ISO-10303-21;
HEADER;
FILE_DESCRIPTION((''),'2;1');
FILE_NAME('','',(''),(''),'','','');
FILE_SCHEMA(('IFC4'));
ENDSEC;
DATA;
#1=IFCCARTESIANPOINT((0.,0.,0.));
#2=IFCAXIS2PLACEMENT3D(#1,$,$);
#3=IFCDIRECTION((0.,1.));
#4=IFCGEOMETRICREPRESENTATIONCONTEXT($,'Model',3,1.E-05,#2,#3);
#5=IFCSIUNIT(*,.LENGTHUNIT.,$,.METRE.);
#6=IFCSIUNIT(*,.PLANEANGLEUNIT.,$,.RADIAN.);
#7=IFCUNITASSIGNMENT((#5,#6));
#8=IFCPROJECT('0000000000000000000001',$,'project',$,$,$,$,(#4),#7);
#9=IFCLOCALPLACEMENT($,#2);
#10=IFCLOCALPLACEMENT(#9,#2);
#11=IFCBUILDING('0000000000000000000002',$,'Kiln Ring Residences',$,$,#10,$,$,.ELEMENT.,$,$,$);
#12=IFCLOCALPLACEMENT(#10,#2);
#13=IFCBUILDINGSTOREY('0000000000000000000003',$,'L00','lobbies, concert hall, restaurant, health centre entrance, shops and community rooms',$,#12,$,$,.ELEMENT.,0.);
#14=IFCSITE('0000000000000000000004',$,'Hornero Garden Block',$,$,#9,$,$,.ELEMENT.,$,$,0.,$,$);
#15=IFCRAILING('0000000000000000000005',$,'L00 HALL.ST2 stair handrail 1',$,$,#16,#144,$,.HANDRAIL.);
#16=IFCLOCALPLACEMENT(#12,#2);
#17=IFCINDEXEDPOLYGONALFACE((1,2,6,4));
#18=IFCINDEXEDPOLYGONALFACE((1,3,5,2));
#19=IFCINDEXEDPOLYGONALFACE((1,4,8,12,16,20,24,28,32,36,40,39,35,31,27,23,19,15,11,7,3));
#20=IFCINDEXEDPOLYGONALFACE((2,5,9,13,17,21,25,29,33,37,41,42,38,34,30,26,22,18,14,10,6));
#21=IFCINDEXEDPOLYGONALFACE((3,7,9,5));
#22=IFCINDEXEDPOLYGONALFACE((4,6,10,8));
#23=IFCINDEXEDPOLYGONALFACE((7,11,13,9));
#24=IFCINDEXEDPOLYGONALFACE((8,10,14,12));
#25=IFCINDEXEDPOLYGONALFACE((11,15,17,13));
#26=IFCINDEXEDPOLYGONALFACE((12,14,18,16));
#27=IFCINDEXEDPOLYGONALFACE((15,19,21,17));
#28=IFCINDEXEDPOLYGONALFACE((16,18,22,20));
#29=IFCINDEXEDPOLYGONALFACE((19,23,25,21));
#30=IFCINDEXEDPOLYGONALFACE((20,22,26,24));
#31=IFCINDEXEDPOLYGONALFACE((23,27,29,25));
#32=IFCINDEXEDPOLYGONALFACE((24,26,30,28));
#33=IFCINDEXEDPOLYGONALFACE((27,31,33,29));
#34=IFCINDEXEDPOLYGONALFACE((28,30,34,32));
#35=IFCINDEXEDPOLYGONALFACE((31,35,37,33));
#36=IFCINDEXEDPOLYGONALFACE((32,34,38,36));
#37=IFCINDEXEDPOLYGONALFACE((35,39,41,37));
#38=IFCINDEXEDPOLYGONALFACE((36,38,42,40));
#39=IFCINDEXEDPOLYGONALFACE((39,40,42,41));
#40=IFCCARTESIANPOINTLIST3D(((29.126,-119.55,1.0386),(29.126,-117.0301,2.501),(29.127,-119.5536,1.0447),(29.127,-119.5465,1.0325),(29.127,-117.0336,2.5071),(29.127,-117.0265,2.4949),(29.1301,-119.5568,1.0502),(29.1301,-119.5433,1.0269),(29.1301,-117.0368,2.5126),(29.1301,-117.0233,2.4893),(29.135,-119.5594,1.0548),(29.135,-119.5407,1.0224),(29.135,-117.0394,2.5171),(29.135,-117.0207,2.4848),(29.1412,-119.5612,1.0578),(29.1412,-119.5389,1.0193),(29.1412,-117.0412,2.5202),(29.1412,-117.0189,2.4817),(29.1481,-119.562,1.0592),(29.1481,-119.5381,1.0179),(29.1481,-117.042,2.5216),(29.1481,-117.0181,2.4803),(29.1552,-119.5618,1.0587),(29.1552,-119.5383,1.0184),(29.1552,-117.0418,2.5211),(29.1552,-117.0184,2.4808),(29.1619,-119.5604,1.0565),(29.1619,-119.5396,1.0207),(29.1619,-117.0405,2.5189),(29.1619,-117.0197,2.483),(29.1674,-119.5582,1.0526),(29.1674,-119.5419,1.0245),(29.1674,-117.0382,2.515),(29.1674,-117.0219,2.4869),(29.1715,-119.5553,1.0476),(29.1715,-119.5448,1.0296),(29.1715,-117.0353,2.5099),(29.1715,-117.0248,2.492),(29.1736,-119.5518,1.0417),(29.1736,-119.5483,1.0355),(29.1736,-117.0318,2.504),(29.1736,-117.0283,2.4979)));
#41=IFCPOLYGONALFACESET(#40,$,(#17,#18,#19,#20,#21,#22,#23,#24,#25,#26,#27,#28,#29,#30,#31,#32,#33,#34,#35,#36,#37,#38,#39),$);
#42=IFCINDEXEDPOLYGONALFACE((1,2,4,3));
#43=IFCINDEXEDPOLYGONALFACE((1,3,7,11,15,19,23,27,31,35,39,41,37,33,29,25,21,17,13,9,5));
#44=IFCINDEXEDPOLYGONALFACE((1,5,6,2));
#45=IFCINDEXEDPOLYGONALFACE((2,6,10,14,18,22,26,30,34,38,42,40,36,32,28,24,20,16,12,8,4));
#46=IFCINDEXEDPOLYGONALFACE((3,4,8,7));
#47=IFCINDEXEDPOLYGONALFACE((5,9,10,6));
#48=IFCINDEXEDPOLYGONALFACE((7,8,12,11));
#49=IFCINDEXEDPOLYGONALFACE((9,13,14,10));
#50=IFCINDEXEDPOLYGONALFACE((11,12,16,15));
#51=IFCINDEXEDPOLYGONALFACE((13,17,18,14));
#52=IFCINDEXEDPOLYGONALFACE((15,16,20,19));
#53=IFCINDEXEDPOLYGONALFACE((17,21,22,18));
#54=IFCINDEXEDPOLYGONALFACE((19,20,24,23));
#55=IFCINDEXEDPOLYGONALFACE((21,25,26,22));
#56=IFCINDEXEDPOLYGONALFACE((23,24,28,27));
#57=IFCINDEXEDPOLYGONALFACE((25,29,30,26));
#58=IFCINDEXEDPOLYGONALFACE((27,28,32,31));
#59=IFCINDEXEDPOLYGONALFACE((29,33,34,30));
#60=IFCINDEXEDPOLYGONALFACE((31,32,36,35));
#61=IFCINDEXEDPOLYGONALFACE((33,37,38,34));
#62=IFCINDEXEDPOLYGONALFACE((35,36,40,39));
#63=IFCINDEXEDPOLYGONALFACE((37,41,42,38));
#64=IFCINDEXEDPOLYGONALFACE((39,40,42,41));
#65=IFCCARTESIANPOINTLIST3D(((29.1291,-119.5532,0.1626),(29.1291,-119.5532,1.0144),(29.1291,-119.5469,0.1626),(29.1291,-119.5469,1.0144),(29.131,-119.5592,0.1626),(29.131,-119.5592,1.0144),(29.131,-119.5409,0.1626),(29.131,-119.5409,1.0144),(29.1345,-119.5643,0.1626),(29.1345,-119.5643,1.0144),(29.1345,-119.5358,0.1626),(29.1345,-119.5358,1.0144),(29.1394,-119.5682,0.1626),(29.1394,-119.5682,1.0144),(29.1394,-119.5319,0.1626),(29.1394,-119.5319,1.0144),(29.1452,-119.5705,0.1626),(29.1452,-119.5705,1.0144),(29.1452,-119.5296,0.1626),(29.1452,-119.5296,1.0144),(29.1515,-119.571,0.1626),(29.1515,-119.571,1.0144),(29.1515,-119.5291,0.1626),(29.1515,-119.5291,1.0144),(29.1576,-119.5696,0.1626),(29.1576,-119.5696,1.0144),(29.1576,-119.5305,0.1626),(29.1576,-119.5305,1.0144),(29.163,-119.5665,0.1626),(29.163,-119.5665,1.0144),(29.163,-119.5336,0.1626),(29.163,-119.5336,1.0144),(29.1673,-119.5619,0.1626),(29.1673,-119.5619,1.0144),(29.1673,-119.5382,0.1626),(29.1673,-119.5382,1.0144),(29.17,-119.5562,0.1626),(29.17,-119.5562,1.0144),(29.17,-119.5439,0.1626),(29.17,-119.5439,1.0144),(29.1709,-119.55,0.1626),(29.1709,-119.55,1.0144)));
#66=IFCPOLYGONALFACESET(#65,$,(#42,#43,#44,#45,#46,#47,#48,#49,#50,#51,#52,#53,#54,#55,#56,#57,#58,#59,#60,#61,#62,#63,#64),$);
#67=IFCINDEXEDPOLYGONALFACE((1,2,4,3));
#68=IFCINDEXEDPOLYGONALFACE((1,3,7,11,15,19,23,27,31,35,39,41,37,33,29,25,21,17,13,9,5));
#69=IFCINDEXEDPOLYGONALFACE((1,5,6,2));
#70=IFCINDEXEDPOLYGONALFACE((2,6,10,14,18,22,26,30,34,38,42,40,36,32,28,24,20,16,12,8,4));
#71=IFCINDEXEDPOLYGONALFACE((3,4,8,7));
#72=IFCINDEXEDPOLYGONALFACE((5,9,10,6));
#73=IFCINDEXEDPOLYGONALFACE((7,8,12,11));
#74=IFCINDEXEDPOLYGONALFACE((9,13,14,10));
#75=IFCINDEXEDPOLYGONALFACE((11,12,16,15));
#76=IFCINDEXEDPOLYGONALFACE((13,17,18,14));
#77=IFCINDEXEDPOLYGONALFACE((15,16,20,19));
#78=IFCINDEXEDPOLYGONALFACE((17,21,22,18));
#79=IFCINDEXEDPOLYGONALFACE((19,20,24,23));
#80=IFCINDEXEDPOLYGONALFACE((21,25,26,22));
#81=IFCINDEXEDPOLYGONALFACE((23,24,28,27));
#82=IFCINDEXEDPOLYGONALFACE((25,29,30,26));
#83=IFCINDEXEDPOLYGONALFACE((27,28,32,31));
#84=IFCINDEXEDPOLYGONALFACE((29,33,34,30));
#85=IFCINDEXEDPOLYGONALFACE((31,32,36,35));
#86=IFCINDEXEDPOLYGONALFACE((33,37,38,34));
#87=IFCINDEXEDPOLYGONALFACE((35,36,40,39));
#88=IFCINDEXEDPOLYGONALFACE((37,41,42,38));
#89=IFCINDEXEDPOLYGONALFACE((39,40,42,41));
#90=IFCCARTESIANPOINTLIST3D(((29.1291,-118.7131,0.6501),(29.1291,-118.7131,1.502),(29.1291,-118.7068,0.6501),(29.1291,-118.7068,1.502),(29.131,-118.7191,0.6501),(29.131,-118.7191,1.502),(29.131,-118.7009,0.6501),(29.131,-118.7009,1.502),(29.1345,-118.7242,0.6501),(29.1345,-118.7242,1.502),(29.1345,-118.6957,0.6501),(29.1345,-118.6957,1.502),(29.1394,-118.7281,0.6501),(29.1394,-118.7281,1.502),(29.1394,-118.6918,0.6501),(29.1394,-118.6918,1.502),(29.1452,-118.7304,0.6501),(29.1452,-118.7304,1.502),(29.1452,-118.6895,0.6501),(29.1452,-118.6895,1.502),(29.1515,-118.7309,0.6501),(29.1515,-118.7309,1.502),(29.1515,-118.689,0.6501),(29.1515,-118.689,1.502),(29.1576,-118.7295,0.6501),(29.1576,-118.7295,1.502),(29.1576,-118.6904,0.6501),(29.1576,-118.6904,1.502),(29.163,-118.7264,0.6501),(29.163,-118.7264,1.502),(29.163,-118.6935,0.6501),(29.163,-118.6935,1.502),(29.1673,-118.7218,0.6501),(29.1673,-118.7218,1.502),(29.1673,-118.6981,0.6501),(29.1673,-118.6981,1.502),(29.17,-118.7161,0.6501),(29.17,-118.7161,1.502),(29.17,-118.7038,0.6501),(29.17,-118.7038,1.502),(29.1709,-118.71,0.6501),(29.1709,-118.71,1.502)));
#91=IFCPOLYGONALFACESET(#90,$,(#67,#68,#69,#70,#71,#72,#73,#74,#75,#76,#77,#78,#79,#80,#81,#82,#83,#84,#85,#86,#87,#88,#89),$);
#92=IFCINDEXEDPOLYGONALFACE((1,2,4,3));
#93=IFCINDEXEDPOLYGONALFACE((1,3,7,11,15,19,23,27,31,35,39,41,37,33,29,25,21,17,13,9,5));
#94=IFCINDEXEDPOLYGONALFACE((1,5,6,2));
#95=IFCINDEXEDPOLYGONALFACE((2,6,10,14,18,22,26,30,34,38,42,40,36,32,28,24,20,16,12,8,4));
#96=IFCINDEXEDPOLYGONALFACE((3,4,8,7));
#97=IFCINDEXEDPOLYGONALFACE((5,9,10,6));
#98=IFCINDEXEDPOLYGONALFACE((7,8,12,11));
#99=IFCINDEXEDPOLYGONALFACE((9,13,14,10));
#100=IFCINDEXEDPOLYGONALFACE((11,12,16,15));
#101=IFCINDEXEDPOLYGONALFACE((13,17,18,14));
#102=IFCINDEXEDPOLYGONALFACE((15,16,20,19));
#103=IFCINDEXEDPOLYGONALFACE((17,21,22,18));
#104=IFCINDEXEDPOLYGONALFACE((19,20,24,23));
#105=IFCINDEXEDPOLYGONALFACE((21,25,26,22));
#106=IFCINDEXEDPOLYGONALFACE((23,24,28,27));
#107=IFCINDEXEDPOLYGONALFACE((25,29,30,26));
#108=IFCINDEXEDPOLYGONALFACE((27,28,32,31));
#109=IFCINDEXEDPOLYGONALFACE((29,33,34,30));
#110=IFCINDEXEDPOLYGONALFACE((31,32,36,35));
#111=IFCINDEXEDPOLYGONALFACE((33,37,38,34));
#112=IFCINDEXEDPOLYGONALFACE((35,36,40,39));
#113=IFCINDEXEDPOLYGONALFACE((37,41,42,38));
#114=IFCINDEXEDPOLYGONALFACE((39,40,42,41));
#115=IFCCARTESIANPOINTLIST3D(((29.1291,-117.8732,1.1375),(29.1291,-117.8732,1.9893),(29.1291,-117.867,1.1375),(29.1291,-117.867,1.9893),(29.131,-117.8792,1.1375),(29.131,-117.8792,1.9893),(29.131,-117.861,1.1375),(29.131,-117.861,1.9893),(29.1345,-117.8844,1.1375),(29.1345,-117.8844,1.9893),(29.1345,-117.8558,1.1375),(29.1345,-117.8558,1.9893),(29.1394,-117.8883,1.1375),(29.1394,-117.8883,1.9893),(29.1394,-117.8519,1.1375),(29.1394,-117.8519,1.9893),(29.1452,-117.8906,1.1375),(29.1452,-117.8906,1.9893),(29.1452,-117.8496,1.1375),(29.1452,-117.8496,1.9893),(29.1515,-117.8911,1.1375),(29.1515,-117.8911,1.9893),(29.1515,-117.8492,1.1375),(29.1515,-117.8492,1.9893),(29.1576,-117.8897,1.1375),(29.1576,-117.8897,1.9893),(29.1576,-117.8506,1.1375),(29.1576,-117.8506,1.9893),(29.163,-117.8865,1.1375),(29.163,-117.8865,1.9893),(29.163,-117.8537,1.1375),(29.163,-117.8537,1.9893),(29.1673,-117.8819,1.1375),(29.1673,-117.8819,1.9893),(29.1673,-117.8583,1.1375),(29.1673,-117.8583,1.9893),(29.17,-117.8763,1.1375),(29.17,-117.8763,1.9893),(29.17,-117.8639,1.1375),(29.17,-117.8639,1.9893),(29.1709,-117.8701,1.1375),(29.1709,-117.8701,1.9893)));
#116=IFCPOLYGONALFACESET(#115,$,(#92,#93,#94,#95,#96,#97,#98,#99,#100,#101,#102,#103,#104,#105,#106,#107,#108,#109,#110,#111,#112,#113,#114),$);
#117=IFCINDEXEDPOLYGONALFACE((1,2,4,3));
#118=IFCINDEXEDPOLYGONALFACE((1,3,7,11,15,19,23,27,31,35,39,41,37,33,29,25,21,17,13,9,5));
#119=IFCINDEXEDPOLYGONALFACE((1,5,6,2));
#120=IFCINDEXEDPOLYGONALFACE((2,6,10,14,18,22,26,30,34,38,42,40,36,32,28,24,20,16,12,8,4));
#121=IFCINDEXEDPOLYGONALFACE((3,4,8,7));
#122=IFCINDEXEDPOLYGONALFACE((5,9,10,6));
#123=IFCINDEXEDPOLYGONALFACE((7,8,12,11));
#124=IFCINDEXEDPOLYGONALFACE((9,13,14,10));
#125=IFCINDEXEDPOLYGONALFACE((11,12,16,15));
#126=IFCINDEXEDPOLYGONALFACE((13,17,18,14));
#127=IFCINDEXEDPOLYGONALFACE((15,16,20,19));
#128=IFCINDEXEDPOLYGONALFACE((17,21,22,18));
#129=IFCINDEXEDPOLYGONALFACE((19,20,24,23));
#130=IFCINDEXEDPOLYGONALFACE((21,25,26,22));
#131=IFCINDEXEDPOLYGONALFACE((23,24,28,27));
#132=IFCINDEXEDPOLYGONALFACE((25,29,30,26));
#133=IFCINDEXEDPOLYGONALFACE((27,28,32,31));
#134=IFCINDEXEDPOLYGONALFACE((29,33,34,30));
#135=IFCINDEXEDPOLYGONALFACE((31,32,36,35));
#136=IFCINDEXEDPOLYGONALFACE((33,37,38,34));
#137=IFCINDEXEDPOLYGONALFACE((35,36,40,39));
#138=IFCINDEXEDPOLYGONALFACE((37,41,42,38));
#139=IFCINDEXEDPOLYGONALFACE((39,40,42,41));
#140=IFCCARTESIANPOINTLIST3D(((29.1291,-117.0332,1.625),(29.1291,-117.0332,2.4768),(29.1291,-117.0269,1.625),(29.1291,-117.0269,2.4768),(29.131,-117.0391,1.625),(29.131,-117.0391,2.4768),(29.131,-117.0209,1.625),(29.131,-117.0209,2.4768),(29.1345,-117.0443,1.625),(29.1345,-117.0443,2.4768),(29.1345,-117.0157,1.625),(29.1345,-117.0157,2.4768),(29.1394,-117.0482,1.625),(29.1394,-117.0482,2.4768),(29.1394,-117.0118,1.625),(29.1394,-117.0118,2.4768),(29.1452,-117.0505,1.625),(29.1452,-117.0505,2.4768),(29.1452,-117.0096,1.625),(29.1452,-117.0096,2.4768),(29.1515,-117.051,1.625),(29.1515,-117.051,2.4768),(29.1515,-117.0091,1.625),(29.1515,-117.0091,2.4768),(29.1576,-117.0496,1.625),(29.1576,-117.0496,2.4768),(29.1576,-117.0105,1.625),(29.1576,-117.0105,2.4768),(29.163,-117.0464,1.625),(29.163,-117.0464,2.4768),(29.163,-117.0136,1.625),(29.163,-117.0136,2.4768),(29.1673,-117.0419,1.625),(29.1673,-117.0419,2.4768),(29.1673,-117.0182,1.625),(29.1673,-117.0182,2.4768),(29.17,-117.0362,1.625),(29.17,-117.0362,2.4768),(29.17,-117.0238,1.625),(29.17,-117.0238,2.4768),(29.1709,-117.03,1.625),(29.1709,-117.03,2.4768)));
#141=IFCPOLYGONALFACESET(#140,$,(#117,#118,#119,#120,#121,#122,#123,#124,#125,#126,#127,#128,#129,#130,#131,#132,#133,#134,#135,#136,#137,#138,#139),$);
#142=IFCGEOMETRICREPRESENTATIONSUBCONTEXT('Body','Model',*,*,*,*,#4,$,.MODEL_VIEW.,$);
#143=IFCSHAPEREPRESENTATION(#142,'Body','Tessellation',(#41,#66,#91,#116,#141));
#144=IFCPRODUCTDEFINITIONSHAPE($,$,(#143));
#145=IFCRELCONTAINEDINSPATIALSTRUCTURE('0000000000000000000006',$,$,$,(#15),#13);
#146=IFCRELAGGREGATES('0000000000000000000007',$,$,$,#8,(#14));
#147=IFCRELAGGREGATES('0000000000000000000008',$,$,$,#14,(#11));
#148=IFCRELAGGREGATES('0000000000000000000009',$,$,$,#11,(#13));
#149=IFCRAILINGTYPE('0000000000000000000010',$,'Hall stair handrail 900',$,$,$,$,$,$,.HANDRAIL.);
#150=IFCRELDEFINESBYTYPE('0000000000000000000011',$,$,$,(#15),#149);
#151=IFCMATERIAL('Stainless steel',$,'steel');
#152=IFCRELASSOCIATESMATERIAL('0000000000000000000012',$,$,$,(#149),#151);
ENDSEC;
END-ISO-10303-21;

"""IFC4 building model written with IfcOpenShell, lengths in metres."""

from ifc_helpers import new_model, si_unit, direction, frame, origin, origin_2d, place, context, subcontext, project, spatial, circle, extrude, material, type_object, element, save


model = new_model("IFC4")

# Units and contexts
model_context = context("Model", 3, precision=1e-05, world=origin(), true_north=direction((0.0, 1.0)))
body_context = subcontext(model_context, "Body", "Model", "MODEL_VIEW")
ifc_project = project(units=[si_unit("LENGTHUNIT", "METRE"), si_unit("PLANEANGLEUNIT", "RADIAN")], contexts=[model_context])

# Site, building, storey
site_placement = place(None, origin())
site = spatial("IfcSite", under=ifc_project, at=site_placement, Name="Hornero Garden Block", CompositionType="ELEMENT", RefElevation=0.0)
building_placement = place(site_placement, origin())
building = spatial("IfcBuilding", under=site, at=building_placement, Name="Kiln Ring Residences", CompositionType="ELEMENT")
storey_placement = place(building_placement, origin())
storey = spatial("IfcBuildingStorey", under=building, at=storey_placement, Name="L00", Description="lobbies, concert hall, restaurant, health centre entrance, shops and community rooms", CompositionType="ELEMENT", Elevation=0.0)

# Railing
ifc_material_1 = material(Name="Stainless steel", Category="steel")
railing_type_1 = type_object("IfcRailingType", Name="Hall stair handrail 900", PredefinedType="HANDRAIL", material=ifc_material_1)
for number, where, name in (
    (1, (29.1499, -119.55, 0.1626), "L00 HALL.ST2 stair handrail 1"),
):
    element("IfcRailing", number, at=place(storey_placement, frame(where)), inside=storey, type_object=railing_type_1, Name=name, PredefinedType="HANDRAIL", context=body_context, shape_type="SweptSolid", body=[
        extrude(circle(Radius=0.0239, at=origin_2d()), frame((0.0, 0.0, 0.876), z_axis=(0.0, 0.864913, 0.501921), x_axis=(-1.0, 0.0, 0.0)), (0.0, 0.0, 1.0), 2.9136),
        extrude(circle(Radius=0.021, at=origin_2d()), origin(), (0.0, 0.0, 1.0), 0.8518),
        extrude(circle(Radius=0.021, at=origin_2d()), frame((0.0, 0.8401, 0.4875)), (0.0, 0.0, 1.0), 0.8518),
        extrude(circle(Radius=0.021, at=origin_2d()), frame((0.0, 1.6799, 0.9749)), (0.0, 0.0, 1.0), 0.8518),
        extrude(circle(Radius=0.021, at=origin_2d()), frame((0.0, 2.52, 1.4624)), (0.0, 0.0, 1.0), 0.8518),
    ])

save(model, "model.ifc")
